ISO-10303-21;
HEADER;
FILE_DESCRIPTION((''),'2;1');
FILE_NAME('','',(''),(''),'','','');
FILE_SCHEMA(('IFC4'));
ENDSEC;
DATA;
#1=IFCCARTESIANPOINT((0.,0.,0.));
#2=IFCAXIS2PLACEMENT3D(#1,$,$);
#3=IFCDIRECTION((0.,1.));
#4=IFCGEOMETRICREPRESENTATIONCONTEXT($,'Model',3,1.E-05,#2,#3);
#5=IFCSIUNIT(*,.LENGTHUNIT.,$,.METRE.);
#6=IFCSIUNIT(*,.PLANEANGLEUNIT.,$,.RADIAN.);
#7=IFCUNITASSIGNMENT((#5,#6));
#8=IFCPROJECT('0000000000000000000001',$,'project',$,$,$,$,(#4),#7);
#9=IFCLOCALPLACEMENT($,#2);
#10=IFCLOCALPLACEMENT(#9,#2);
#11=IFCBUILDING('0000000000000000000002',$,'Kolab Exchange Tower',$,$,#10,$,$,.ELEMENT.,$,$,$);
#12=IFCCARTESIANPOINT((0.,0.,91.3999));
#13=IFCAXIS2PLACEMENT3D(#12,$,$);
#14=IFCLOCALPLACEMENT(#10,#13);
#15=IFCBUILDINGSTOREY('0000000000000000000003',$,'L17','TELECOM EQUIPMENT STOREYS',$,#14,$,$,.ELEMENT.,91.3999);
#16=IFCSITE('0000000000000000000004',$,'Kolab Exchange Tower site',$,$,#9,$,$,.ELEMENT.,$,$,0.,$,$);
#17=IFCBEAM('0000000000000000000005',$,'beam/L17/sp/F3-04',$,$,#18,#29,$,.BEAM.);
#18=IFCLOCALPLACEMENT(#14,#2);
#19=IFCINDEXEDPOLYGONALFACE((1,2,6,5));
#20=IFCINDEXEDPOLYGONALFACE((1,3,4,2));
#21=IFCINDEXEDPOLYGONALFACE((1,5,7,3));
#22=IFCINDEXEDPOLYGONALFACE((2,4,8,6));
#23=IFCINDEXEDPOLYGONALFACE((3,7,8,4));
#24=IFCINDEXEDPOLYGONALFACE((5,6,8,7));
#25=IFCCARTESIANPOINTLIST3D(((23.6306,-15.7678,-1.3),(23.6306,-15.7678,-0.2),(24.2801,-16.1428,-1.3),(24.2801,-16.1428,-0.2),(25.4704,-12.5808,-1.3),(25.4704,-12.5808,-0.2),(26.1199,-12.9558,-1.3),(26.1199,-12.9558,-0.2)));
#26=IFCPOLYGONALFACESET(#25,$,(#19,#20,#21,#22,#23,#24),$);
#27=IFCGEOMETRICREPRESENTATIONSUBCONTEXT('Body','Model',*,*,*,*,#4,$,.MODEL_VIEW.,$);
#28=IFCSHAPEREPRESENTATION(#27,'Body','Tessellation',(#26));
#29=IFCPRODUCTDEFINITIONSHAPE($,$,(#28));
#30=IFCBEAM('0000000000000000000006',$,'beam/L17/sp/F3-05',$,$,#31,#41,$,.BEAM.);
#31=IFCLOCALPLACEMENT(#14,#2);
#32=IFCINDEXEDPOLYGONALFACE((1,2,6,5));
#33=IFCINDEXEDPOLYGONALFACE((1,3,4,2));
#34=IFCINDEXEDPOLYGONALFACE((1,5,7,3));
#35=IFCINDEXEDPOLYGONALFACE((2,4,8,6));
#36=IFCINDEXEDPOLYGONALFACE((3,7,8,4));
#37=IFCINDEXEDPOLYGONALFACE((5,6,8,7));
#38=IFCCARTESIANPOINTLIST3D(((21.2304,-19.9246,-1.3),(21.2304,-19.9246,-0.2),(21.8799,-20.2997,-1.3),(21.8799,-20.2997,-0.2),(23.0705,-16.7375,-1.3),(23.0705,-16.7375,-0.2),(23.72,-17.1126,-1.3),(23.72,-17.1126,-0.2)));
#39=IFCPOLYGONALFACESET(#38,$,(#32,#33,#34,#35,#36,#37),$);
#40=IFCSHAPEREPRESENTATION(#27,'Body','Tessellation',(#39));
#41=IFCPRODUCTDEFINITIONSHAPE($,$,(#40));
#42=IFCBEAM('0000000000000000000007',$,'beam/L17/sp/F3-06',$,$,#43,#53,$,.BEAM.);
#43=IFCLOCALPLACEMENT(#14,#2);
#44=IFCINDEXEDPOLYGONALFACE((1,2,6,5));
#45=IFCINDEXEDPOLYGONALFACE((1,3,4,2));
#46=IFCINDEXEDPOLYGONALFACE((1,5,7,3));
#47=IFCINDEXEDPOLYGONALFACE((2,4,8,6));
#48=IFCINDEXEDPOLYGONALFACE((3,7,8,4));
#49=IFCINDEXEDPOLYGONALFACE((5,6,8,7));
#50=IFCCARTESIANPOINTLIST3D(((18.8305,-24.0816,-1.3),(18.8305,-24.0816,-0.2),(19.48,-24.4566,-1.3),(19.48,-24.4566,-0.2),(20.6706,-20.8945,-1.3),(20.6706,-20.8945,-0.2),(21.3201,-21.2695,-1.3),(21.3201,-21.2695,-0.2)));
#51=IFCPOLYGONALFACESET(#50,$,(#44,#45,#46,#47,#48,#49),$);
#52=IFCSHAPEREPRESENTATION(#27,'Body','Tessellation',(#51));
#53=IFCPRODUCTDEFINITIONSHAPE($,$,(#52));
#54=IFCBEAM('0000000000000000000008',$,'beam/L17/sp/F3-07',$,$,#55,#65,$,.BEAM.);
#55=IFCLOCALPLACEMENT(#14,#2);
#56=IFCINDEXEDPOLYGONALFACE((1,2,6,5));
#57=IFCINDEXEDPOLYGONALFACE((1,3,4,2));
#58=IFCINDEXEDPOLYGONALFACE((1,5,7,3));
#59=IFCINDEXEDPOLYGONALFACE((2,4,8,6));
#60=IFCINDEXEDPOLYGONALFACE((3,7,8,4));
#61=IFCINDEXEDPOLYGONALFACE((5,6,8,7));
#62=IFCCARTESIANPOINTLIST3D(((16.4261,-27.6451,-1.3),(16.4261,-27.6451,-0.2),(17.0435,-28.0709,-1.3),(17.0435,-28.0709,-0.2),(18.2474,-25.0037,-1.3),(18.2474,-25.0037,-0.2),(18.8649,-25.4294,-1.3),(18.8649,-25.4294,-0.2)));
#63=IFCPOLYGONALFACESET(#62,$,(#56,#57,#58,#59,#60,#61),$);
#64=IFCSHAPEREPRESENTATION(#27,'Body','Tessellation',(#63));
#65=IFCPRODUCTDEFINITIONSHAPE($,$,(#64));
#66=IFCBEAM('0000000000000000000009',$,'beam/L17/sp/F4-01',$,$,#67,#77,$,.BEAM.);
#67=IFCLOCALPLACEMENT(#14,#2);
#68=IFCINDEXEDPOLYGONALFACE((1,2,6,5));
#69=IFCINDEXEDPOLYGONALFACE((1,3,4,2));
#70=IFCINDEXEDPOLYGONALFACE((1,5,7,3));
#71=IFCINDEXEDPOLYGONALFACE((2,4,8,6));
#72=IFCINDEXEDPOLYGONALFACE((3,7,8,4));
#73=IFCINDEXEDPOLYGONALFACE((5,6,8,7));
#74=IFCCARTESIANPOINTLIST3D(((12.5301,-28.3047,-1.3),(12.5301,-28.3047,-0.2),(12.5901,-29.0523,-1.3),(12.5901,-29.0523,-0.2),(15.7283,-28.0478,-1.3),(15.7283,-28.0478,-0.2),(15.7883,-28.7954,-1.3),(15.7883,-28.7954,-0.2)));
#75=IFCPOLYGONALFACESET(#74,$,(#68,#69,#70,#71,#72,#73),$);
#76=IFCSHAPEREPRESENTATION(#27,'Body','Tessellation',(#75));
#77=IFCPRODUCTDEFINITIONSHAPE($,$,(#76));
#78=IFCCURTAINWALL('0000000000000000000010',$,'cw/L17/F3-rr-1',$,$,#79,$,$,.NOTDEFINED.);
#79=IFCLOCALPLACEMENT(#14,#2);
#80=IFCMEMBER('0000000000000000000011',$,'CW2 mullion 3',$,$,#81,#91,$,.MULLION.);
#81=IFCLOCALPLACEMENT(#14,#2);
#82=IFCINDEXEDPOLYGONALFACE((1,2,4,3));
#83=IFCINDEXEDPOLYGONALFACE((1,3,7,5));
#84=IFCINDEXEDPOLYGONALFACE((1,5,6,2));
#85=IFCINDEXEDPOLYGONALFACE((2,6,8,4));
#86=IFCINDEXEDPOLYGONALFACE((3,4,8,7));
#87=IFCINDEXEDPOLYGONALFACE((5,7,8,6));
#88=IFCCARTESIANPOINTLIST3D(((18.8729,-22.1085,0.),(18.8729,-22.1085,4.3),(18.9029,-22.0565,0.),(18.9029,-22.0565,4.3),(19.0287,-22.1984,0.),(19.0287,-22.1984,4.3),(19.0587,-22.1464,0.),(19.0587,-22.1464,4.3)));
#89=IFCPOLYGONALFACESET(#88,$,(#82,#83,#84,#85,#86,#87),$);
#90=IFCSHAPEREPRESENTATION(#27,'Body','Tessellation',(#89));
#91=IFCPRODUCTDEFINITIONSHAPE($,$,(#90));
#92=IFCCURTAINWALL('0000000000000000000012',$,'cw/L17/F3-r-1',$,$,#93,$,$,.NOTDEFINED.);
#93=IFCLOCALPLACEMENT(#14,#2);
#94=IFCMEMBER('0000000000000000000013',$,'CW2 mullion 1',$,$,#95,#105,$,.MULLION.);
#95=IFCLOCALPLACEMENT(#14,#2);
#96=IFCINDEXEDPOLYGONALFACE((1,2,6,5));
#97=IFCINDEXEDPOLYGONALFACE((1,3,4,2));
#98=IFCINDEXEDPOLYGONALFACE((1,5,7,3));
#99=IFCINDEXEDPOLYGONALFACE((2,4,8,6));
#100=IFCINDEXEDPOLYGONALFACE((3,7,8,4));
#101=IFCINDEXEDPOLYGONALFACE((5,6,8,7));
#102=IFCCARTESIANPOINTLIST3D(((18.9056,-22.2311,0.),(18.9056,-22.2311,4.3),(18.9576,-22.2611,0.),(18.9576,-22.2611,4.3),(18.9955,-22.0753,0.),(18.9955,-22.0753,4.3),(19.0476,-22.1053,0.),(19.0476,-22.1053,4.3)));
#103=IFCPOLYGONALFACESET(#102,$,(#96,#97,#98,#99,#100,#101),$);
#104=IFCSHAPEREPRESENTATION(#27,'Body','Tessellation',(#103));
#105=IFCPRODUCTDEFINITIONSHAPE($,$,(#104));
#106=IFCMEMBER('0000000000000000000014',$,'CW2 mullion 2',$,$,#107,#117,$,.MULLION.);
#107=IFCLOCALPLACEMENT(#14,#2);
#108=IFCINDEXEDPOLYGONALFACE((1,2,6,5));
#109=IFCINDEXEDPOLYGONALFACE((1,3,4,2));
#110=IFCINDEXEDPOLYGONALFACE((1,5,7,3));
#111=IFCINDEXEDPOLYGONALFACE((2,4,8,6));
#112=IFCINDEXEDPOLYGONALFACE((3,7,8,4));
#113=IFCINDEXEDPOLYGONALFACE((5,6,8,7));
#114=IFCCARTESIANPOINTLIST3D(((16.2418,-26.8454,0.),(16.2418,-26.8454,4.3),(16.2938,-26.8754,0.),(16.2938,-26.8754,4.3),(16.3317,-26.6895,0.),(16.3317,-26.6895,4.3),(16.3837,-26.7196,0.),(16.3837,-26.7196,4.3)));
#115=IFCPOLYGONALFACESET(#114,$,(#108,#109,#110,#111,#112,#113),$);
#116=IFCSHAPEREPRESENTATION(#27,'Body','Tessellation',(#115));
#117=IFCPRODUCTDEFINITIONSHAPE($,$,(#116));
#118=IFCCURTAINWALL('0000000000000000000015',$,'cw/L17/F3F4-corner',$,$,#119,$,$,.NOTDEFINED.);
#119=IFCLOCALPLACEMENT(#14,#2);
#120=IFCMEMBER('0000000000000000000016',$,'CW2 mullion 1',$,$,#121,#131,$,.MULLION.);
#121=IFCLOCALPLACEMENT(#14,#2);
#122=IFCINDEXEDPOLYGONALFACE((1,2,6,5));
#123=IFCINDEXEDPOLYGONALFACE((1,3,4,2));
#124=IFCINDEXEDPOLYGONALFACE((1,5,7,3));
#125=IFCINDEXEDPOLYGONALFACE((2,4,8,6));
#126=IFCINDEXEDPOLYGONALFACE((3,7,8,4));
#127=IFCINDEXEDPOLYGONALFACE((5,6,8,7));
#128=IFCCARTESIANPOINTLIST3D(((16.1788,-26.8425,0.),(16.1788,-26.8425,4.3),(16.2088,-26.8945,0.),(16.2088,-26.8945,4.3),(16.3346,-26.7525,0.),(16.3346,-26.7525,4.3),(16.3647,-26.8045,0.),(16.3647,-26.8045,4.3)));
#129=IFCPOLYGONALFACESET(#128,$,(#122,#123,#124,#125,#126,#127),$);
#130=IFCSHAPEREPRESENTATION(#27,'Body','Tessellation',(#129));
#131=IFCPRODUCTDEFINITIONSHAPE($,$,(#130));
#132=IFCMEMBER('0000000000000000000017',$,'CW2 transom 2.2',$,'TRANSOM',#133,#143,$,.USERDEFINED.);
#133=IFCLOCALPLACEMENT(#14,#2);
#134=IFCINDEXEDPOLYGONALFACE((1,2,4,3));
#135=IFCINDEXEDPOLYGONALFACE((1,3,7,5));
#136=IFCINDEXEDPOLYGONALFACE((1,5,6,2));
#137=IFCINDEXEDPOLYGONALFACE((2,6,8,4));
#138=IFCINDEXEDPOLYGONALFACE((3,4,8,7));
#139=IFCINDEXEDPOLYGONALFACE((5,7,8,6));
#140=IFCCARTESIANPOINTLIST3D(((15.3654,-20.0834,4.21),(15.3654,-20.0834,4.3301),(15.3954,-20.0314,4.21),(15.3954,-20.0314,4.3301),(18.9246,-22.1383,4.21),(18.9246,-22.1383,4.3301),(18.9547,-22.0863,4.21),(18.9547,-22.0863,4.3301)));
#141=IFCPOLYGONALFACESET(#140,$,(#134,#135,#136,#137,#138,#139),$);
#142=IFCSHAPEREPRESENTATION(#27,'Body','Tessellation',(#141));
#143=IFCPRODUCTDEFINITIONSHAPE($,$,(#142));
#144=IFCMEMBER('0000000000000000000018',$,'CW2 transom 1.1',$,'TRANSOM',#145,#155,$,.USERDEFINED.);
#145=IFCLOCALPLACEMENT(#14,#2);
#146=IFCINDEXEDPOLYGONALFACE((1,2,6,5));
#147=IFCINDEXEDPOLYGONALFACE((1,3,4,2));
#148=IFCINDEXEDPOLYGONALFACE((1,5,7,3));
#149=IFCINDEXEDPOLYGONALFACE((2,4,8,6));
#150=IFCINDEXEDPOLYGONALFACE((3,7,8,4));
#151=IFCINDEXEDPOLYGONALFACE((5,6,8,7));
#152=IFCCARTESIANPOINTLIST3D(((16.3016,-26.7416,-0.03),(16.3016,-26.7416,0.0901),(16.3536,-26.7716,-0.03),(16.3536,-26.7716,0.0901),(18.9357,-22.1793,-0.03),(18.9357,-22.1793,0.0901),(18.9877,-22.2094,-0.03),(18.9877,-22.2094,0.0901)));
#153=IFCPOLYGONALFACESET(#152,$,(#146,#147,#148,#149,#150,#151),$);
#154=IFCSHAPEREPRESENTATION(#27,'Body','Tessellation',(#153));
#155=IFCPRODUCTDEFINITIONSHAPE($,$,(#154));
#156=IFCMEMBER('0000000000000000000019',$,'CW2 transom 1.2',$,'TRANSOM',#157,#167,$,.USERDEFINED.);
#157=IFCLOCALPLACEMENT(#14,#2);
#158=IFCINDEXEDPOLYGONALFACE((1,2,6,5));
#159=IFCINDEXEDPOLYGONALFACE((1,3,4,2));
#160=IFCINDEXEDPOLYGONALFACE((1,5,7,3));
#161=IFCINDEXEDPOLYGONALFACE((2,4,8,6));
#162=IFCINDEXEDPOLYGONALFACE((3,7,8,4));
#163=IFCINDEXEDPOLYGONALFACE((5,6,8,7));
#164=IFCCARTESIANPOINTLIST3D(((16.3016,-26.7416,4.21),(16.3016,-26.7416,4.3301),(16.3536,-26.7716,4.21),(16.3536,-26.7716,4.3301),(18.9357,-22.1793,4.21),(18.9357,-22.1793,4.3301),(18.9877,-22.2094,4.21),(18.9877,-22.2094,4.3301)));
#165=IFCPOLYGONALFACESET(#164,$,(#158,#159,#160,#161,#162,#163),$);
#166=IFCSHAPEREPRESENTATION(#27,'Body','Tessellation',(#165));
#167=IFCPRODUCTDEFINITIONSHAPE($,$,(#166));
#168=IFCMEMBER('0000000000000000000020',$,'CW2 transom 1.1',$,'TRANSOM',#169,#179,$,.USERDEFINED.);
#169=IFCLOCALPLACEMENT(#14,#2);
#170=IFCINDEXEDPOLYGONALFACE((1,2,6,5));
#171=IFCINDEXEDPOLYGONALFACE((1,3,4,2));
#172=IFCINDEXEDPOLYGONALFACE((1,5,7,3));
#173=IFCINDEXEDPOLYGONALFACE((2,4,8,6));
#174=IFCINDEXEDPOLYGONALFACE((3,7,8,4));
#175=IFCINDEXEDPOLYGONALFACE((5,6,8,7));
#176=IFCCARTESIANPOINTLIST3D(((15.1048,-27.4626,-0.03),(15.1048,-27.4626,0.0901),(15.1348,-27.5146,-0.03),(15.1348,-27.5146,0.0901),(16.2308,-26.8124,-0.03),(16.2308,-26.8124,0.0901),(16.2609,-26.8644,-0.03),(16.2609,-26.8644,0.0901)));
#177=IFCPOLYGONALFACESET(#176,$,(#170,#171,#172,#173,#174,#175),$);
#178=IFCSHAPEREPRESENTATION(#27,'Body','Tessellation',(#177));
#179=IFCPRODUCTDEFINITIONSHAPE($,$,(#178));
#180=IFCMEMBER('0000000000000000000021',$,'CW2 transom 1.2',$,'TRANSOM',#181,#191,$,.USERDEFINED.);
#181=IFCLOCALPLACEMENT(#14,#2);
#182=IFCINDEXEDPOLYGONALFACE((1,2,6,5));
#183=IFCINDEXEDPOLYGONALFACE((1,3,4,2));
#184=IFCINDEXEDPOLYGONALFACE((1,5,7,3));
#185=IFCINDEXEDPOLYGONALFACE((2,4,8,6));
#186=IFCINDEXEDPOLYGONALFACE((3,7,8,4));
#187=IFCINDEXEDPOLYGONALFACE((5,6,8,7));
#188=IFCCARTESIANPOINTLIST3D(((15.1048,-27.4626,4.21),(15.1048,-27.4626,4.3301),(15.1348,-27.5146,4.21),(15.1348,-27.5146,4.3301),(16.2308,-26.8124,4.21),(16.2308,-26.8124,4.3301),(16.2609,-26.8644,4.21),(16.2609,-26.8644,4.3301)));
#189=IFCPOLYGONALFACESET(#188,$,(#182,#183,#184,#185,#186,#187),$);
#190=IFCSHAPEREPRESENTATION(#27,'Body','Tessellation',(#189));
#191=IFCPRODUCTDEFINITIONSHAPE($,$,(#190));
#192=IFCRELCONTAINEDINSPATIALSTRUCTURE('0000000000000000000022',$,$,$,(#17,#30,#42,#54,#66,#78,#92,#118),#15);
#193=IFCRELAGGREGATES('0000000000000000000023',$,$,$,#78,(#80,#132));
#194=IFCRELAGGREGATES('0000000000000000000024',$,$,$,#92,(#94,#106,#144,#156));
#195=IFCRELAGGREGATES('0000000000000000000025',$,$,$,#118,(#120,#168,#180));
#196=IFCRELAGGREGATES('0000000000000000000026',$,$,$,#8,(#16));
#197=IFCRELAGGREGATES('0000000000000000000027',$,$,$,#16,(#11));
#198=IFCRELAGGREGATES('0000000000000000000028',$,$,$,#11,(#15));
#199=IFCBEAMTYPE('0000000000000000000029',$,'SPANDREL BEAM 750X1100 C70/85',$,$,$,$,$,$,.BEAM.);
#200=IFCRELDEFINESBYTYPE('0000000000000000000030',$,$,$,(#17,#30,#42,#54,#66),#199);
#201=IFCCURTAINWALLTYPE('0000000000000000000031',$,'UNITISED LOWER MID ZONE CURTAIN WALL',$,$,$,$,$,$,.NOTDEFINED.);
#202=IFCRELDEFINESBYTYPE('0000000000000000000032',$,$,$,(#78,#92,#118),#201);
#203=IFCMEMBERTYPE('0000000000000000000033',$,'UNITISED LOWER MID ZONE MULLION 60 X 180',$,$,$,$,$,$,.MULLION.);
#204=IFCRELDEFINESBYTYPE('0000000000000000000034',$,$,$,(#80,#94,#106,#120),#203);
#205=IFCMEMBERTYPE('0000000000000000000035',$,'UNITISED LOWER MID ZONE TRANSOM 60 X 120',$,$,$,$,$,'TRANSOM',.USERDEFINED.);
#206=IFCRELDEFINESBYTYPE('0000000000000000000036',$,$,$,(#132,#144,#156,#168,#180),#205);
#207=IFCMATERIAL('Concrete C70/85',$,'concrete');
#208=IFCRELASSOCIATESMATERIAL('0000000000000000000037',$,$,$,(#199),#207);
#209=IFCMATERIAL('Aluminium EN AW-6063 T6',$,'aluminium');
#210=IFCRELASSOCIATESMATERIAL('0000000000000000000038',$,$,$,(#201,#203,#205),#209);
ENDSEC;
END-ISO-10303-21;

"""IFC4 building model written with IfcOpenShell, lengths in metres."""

from ifc_helpers import new_model, si_unit, direction, frame, origin, origin_2d, place, context, subcontext, project, spatial, rectangle, extrude, material, material_profile, profile_set, type_object, element, aggregate, save


model = new_model("IFC4")

# Units and contexts
model_context = context("Model", 3, precision=1e-05, world=origin(), true_north=direction((0.0, 1.0)))
body_context = subcontext(model_context, "Body", "Model", "MODEL_VIEW")
ifc_project = project(units=[si_unit("LENGTHUNIT", "METRE"), si_unit("PLANEANGLEUNIT", "RADIAN")], contexts=[model_context])

# Site, building, storey
site_placement = place(None, origin())
site = spatial("IfcSite", under=ifc_project, at=site_placement, Name="Kolab Exchange Tower site", CompositionType="ELEMENT", RefElevation=0.0)
building_placement = place(site_placement, origin())
building = spatial("IfcBuilding", under=site, at=building_placement, Name="Kolab Exchange Tower", CompositionType="ELEMENT")
storey_placement = place(building_placement, frame((0.0, 0.0, 91.3999)))
storey = spatial("IfcBuildingStorey", under=building, at=storey_placement, Name="L17", Description="TELECOM EQUIPMENT STOREYS", CompositionType="ELEMENT", Elevation=91.3999)

# Shared definitions
ifc_material_1 = material(Name="Concrete C70/85", Category="concrete")

# Beams
ifc_material_profile_1 = material_profile(ifc_material_1, rectangle(XDim=0.75, YDim=1.1001, at=origin_2d()), Name="RC750X1100")
ifc_profile_set_1 = profile_set([ifc_material_profile_1], Name="Concrete C70/85")
beam_type_1 = type_object("IfcBeamType", Name="SPANDREL BEAM 750X1100 C70/85", PredefinedType="BEAM", material=ifc_profile_set_1)
beam_1_placement = place(storey_placement, frame((25.7952, -12.7683, -0.75), z_axis=(-0.499964, -0.866046, 0.0), x_axis=(0.866046, -0.499964, 0.0)))
element("IfcBeam", 1, at=beam_1_placement, inside=storey, type_object=beam_type_1, Name="beam/L17/sp/F3-04", PredefinedType="BEAM", context=body_context, shape_type="SweptSolid", body=[
    extrude(rectangle(XDim=0.75, YDim=1.1001, at=origin_2d()), origin(), (0.0, 0.0, 1.0), 3.6799),
])
for number, where, z_axis, x_axis, name in (
    (2, (23.3953, -16.925, -0.75), (-0.500013, -0.866018, 0.0), (0.866018, -0.500013, 0.0), "beam/L17/sp/F3-05"),
    (3, (20.9954, -21.082, -0.75), (-0.500013, -0.866018, 0.0), (0.866018, -0.500013, 0.0), "beam/L17/sp/F3-06"),
):
    element("IfcBeam", number, at=place(storey_placement, frame(where, z_axis=z_axis, x_axis=x_axis)), inside=storey, type_object=beam_type_1, Name=name, PredefinedType="BEAM", context=body_context, shape_type="SweptSolid", body=[
        extrude(rectangle(XDim=0.75, YDim=1.1001, at=origin_2d()), origin(), (0.0, 0.0, 1.0), 3.6802),
    ])
for number, where, z_axis, x_axis, name in (
    (4, (18.5562, -25.2166, -0.75), (-0.567662, -0.823262, 0.0), (0.823262, -0.567662, 0.0), "beam/L17/sp/F3-07"),
    (5, (15.7583, -28.4216, -0.75), (-0.996791, -0.080048, 0.0), (0.080048, -0.996791, 0.0), "beam/L17/sp/F4-01"),
):
    element("IfcBeam", number, at=place(storey_placement, frame(where, z_axis=z_axis, x_axis=x_axis)), inside=storey, type_object=beam_type_1, Name=name, PredefinedType="BEAM", context=body_context, shape_type="SweptSolid", body=[
        extrude(rectangle(XDim=0.75, YDim=1.1001, at=origin_2d()), origin(), (0.0, 0.0, 1.0), 3.2085),
    ])

# Curtain wall, member
ifc_material_2 = material(Name="Aluminium EN AW-6063 T6", Category="aluminium")
curtain_wall_type = type_object("IfcCurtainWallType", Name="UNITISED LOWER MID ZONE CURTAIN WALL", PredefinedType="NOTDEFINED", material=ifc_material_2)
curtain_wall_1_placement = place(storey_placement, origin())
curtain_wall_1 = element("IfcCurtainWall", 6, at=curtain_wall_1_placement, inside=storey, type_object=curtain_wall_type, Name="cw/L17/F3-rr-1", PredefinedType="NOTDEFINED")
ifc_material_profile_2 = material_profile(ifc_material_2, rectangle(XDim=0.0601, YDim=0.1799, at=origin_2d()), Name="RECT 60X180")
ifc_profile_set_2 = profile_set([ifc_material_profile_2], Name="Aluminium EN AW-6063 T6")
member_type_1 = type_object("IfcMemberType", Name="UNITISED LOWER MID ZONE MULLION 60 X 180", PredefinedType="MULLION", material=ifc_profile_set_2)
member_1_placement = place(storey_placement, frame((18.9658, -22.1274, 0.0), z_axis=(0.0, 0.0, 1.0), x_axis=(0.5, 0.866025, 0.0)))
member_1 = element("IfcMember", 7, at=member_1_placement, type_object=member_type_1, Name="CW2 mullion 3", PredefinedType="MULLION", context=body_context, shape_type="SweptSolid", body=[
    extrude(rectangle(XDim=0.0601, YDim=0.1799, at=origin_2d()), origin(), (0.0, 0.0, 1.0), 4.3),
])

# Curtain wall, members
curtain_wall_2_placement = place(storey_placement, origin())
curtain_wall_2 = element("IfcCurtainWall", 8, at=curtain_wall_2_placement, inside=storey, type_object=curtain_wall_type, Name="cw/L17/F3-r-1", PredefinedType="NOTDEFINED")
member_2_placement = place(storey_placement, frame((18.9766, -22.1682, 0.0), z_axis=(0.0, 0.0, 1.0), x_axis=(0.866025, -0.5, 0.0)))
member_2 = element("IfcMember", 9, at=member_2_placement, type_object=member_type_1, Name="CW2 mullion 1", PredefinedType="MULLION", context=body_context, shape_type="SweptSolid", body=[
    extrude(rectangle(XDim=0.0601, YDim=0.1799, at=origin_2d()), origin(), (0.0, 0.0, 1.0), 4.3),
])
member_3_placement = place(storey_placement, frame((16.3127, -26.7825, 0.0), z_axis=(0.0, 0.0, 1.0), x_axis=(0.866025, -0.5, 0.0)))
member_3 = element("IfcMember", 10, at=member_3_placement, type_object=member_type_1, Name="CW2 mullion 2", PredefinedType="MULLION", context=body_context, shape_type="SweptSolid", body=[
    extrude(rectangle(XDim=0.0601, YDim=0.1799, at=origin_2d()), origin(), (0.0, 0.0, 1.0), 4.3),
])

# Curtain wall, member
curtain_wall_3_placement = place(storey_placement, origin())
curtain_wall_3 = element("IfcCurtainWall", 11, at=curtain_wall_3_placement, inside=storey, type_object=curtain_wall_type, Name="cw/L17/F3F4-corner", PredefinedType="NOTDEFINED")
member_4_placement = place(storey_placement, frame((16.2717, -26.8235, 0.0), z_axis=(0.0, 0.0, 1.0), x_axis=(0.5, -0.866025, 0.0)))
member_4 = element("IfcMember", 12, at=member_4_placement, type_object=member_type_1, Name="CW2 mullion 1", PredefinedType="MULLION", context=body_context, shape_type="SweptSolid", body=[
    extrude(rectangle(XDim=0.0601, YDim=0.1799, at=origin_2d()), origin(), (0.0, 0.0, 1.0), 4.3),
])

# Members
ifc_material_profile_3 = material_profile(ifc_material_2, rectangle(XDim=0.0601, YDim=0.1201, at=origin_2d()), Name="RECT 60X120")
ifc_profile_set_3 = profile_set([ifc_material_profile_3], Name="Aluminium EN AW-6063 T6")
member_type_2 = type_object("IfcMemberType", Name="UNITISED LOWER MID ZONE TRANSOM 60 X 120", ElementType="TRANSOM", PredefinedType="USERDEFINED", material=ifc_profile_set_3)
member_5_placement = place(storey_placement, frame((15.3804, -20.0574, 4.27), z_axis=(0.86603, -0.499992, 0.0), x_axis=(0.499992, 0.86603, 0.0)))
member_5 = element("IfcMember", 13, at=member_5_placement, type_object=member_type_2, Name="CW2 transom 2.2", ObjectType="TRANSOM", PredefinedType="USERDEFINED", context=body_context, shape_type="SweptSolid", body=[
    extrude(rectangle(XDim=0.0601, YDim=0.1201, at=origin_2d()), origin(), (0.0, 0.0, 1.0), 4.1099),
])
member_6_placement = place(storey_placement, frame((18.9617, -22.1943, 0.03), z_axis=(-0.500002, -0.866024, 0.0), x_axis=(0.866024, -0.500002, 0.0)))
member_6 = element("IfcMember", 14, at=member_6_placement, type_object=member_type_2, Name="CW2 transom 1.1", ObjectType="TRANSOM", PredefinedType="USERDEFINED", context=body_context, shape_type="SweptSolid", body=[
    extrude(rectangle(XDim=0.0601, YDim=0.1201, at=origin_2d()), origin(), (0.0, 0.0, 1.0), 5.2681),
])
member_7_placement = place(storey_placement, frame((18.9617, -22.1943, 4.27), z_axis=(-0.500002, -0.866024, 0.0), x_axis=(0.866024, -0.500002, 0.0)))
member_7 = element("IfcMember", 15, at=member_7_placement, type_object=member_type_2, Name="CW2 transom 1.2", ObjectType="TRANSOM", PredefinedType="USERDEFINED", context=body_context, shape_type="SweptSolid", body=[
    extrude(rectangle(XDim=0.0601, YDim=0.1201, at=origin_2d()), origin(), (0.0, 0.0, 1.0), 5.2681),
])
member_8_placement = place(storey_placement, frame((16.2458, -26.8384, 0.03), z_axis=(-0.866004, -0.500037, 0.0), x_axis=(0.500037, -0.866004, 0.0)))
member_8 = element("IfcMember", 16, at=member_8_placement, type_object=member_type_2, Name="CW2 transom 1.1", ObjectType="TRANSOM", PredefinedType="USERDEFINED", context=body_context, shape_type="SweptSolid", body=[
    extrude(rectangle(XDim=0.0601, YDim=0.1201, at=origin_2d()), origin(), (0.0, 0.0, 1.0), 1.3003),
])
member_9_placement = place(storey_placement, frame((16.2458, -26.8384, 4.27), z_axis=(-0.866004, -0.500037, 0.0), x_axis=(0.500037, -0.866004, 0.0)))
member_9 = element("IfcMember", 17, at=member_9_placement, type_object=member_type_2, Name="CW2 transom 1.2", ObjectType="TRANSOM", PredefinedType="USERDEFINED", context=body_context, shape_type="SweptSolid", body=[
    extrude(rectangle(XDim=0.0601, YDim=0.1201, at=origin_2d()), origin(), (0.0, 0.0, 1.0), 1.3003),
])

aggregate(curtain_wall_1, [member_1, member_5])
aggregate(curtain_wall_2, [member_2, member_3, member_6, member_7])
aggregate(curtain_wall_3, [member_4, member_8, member_9])

save(model, "model.ifc")
